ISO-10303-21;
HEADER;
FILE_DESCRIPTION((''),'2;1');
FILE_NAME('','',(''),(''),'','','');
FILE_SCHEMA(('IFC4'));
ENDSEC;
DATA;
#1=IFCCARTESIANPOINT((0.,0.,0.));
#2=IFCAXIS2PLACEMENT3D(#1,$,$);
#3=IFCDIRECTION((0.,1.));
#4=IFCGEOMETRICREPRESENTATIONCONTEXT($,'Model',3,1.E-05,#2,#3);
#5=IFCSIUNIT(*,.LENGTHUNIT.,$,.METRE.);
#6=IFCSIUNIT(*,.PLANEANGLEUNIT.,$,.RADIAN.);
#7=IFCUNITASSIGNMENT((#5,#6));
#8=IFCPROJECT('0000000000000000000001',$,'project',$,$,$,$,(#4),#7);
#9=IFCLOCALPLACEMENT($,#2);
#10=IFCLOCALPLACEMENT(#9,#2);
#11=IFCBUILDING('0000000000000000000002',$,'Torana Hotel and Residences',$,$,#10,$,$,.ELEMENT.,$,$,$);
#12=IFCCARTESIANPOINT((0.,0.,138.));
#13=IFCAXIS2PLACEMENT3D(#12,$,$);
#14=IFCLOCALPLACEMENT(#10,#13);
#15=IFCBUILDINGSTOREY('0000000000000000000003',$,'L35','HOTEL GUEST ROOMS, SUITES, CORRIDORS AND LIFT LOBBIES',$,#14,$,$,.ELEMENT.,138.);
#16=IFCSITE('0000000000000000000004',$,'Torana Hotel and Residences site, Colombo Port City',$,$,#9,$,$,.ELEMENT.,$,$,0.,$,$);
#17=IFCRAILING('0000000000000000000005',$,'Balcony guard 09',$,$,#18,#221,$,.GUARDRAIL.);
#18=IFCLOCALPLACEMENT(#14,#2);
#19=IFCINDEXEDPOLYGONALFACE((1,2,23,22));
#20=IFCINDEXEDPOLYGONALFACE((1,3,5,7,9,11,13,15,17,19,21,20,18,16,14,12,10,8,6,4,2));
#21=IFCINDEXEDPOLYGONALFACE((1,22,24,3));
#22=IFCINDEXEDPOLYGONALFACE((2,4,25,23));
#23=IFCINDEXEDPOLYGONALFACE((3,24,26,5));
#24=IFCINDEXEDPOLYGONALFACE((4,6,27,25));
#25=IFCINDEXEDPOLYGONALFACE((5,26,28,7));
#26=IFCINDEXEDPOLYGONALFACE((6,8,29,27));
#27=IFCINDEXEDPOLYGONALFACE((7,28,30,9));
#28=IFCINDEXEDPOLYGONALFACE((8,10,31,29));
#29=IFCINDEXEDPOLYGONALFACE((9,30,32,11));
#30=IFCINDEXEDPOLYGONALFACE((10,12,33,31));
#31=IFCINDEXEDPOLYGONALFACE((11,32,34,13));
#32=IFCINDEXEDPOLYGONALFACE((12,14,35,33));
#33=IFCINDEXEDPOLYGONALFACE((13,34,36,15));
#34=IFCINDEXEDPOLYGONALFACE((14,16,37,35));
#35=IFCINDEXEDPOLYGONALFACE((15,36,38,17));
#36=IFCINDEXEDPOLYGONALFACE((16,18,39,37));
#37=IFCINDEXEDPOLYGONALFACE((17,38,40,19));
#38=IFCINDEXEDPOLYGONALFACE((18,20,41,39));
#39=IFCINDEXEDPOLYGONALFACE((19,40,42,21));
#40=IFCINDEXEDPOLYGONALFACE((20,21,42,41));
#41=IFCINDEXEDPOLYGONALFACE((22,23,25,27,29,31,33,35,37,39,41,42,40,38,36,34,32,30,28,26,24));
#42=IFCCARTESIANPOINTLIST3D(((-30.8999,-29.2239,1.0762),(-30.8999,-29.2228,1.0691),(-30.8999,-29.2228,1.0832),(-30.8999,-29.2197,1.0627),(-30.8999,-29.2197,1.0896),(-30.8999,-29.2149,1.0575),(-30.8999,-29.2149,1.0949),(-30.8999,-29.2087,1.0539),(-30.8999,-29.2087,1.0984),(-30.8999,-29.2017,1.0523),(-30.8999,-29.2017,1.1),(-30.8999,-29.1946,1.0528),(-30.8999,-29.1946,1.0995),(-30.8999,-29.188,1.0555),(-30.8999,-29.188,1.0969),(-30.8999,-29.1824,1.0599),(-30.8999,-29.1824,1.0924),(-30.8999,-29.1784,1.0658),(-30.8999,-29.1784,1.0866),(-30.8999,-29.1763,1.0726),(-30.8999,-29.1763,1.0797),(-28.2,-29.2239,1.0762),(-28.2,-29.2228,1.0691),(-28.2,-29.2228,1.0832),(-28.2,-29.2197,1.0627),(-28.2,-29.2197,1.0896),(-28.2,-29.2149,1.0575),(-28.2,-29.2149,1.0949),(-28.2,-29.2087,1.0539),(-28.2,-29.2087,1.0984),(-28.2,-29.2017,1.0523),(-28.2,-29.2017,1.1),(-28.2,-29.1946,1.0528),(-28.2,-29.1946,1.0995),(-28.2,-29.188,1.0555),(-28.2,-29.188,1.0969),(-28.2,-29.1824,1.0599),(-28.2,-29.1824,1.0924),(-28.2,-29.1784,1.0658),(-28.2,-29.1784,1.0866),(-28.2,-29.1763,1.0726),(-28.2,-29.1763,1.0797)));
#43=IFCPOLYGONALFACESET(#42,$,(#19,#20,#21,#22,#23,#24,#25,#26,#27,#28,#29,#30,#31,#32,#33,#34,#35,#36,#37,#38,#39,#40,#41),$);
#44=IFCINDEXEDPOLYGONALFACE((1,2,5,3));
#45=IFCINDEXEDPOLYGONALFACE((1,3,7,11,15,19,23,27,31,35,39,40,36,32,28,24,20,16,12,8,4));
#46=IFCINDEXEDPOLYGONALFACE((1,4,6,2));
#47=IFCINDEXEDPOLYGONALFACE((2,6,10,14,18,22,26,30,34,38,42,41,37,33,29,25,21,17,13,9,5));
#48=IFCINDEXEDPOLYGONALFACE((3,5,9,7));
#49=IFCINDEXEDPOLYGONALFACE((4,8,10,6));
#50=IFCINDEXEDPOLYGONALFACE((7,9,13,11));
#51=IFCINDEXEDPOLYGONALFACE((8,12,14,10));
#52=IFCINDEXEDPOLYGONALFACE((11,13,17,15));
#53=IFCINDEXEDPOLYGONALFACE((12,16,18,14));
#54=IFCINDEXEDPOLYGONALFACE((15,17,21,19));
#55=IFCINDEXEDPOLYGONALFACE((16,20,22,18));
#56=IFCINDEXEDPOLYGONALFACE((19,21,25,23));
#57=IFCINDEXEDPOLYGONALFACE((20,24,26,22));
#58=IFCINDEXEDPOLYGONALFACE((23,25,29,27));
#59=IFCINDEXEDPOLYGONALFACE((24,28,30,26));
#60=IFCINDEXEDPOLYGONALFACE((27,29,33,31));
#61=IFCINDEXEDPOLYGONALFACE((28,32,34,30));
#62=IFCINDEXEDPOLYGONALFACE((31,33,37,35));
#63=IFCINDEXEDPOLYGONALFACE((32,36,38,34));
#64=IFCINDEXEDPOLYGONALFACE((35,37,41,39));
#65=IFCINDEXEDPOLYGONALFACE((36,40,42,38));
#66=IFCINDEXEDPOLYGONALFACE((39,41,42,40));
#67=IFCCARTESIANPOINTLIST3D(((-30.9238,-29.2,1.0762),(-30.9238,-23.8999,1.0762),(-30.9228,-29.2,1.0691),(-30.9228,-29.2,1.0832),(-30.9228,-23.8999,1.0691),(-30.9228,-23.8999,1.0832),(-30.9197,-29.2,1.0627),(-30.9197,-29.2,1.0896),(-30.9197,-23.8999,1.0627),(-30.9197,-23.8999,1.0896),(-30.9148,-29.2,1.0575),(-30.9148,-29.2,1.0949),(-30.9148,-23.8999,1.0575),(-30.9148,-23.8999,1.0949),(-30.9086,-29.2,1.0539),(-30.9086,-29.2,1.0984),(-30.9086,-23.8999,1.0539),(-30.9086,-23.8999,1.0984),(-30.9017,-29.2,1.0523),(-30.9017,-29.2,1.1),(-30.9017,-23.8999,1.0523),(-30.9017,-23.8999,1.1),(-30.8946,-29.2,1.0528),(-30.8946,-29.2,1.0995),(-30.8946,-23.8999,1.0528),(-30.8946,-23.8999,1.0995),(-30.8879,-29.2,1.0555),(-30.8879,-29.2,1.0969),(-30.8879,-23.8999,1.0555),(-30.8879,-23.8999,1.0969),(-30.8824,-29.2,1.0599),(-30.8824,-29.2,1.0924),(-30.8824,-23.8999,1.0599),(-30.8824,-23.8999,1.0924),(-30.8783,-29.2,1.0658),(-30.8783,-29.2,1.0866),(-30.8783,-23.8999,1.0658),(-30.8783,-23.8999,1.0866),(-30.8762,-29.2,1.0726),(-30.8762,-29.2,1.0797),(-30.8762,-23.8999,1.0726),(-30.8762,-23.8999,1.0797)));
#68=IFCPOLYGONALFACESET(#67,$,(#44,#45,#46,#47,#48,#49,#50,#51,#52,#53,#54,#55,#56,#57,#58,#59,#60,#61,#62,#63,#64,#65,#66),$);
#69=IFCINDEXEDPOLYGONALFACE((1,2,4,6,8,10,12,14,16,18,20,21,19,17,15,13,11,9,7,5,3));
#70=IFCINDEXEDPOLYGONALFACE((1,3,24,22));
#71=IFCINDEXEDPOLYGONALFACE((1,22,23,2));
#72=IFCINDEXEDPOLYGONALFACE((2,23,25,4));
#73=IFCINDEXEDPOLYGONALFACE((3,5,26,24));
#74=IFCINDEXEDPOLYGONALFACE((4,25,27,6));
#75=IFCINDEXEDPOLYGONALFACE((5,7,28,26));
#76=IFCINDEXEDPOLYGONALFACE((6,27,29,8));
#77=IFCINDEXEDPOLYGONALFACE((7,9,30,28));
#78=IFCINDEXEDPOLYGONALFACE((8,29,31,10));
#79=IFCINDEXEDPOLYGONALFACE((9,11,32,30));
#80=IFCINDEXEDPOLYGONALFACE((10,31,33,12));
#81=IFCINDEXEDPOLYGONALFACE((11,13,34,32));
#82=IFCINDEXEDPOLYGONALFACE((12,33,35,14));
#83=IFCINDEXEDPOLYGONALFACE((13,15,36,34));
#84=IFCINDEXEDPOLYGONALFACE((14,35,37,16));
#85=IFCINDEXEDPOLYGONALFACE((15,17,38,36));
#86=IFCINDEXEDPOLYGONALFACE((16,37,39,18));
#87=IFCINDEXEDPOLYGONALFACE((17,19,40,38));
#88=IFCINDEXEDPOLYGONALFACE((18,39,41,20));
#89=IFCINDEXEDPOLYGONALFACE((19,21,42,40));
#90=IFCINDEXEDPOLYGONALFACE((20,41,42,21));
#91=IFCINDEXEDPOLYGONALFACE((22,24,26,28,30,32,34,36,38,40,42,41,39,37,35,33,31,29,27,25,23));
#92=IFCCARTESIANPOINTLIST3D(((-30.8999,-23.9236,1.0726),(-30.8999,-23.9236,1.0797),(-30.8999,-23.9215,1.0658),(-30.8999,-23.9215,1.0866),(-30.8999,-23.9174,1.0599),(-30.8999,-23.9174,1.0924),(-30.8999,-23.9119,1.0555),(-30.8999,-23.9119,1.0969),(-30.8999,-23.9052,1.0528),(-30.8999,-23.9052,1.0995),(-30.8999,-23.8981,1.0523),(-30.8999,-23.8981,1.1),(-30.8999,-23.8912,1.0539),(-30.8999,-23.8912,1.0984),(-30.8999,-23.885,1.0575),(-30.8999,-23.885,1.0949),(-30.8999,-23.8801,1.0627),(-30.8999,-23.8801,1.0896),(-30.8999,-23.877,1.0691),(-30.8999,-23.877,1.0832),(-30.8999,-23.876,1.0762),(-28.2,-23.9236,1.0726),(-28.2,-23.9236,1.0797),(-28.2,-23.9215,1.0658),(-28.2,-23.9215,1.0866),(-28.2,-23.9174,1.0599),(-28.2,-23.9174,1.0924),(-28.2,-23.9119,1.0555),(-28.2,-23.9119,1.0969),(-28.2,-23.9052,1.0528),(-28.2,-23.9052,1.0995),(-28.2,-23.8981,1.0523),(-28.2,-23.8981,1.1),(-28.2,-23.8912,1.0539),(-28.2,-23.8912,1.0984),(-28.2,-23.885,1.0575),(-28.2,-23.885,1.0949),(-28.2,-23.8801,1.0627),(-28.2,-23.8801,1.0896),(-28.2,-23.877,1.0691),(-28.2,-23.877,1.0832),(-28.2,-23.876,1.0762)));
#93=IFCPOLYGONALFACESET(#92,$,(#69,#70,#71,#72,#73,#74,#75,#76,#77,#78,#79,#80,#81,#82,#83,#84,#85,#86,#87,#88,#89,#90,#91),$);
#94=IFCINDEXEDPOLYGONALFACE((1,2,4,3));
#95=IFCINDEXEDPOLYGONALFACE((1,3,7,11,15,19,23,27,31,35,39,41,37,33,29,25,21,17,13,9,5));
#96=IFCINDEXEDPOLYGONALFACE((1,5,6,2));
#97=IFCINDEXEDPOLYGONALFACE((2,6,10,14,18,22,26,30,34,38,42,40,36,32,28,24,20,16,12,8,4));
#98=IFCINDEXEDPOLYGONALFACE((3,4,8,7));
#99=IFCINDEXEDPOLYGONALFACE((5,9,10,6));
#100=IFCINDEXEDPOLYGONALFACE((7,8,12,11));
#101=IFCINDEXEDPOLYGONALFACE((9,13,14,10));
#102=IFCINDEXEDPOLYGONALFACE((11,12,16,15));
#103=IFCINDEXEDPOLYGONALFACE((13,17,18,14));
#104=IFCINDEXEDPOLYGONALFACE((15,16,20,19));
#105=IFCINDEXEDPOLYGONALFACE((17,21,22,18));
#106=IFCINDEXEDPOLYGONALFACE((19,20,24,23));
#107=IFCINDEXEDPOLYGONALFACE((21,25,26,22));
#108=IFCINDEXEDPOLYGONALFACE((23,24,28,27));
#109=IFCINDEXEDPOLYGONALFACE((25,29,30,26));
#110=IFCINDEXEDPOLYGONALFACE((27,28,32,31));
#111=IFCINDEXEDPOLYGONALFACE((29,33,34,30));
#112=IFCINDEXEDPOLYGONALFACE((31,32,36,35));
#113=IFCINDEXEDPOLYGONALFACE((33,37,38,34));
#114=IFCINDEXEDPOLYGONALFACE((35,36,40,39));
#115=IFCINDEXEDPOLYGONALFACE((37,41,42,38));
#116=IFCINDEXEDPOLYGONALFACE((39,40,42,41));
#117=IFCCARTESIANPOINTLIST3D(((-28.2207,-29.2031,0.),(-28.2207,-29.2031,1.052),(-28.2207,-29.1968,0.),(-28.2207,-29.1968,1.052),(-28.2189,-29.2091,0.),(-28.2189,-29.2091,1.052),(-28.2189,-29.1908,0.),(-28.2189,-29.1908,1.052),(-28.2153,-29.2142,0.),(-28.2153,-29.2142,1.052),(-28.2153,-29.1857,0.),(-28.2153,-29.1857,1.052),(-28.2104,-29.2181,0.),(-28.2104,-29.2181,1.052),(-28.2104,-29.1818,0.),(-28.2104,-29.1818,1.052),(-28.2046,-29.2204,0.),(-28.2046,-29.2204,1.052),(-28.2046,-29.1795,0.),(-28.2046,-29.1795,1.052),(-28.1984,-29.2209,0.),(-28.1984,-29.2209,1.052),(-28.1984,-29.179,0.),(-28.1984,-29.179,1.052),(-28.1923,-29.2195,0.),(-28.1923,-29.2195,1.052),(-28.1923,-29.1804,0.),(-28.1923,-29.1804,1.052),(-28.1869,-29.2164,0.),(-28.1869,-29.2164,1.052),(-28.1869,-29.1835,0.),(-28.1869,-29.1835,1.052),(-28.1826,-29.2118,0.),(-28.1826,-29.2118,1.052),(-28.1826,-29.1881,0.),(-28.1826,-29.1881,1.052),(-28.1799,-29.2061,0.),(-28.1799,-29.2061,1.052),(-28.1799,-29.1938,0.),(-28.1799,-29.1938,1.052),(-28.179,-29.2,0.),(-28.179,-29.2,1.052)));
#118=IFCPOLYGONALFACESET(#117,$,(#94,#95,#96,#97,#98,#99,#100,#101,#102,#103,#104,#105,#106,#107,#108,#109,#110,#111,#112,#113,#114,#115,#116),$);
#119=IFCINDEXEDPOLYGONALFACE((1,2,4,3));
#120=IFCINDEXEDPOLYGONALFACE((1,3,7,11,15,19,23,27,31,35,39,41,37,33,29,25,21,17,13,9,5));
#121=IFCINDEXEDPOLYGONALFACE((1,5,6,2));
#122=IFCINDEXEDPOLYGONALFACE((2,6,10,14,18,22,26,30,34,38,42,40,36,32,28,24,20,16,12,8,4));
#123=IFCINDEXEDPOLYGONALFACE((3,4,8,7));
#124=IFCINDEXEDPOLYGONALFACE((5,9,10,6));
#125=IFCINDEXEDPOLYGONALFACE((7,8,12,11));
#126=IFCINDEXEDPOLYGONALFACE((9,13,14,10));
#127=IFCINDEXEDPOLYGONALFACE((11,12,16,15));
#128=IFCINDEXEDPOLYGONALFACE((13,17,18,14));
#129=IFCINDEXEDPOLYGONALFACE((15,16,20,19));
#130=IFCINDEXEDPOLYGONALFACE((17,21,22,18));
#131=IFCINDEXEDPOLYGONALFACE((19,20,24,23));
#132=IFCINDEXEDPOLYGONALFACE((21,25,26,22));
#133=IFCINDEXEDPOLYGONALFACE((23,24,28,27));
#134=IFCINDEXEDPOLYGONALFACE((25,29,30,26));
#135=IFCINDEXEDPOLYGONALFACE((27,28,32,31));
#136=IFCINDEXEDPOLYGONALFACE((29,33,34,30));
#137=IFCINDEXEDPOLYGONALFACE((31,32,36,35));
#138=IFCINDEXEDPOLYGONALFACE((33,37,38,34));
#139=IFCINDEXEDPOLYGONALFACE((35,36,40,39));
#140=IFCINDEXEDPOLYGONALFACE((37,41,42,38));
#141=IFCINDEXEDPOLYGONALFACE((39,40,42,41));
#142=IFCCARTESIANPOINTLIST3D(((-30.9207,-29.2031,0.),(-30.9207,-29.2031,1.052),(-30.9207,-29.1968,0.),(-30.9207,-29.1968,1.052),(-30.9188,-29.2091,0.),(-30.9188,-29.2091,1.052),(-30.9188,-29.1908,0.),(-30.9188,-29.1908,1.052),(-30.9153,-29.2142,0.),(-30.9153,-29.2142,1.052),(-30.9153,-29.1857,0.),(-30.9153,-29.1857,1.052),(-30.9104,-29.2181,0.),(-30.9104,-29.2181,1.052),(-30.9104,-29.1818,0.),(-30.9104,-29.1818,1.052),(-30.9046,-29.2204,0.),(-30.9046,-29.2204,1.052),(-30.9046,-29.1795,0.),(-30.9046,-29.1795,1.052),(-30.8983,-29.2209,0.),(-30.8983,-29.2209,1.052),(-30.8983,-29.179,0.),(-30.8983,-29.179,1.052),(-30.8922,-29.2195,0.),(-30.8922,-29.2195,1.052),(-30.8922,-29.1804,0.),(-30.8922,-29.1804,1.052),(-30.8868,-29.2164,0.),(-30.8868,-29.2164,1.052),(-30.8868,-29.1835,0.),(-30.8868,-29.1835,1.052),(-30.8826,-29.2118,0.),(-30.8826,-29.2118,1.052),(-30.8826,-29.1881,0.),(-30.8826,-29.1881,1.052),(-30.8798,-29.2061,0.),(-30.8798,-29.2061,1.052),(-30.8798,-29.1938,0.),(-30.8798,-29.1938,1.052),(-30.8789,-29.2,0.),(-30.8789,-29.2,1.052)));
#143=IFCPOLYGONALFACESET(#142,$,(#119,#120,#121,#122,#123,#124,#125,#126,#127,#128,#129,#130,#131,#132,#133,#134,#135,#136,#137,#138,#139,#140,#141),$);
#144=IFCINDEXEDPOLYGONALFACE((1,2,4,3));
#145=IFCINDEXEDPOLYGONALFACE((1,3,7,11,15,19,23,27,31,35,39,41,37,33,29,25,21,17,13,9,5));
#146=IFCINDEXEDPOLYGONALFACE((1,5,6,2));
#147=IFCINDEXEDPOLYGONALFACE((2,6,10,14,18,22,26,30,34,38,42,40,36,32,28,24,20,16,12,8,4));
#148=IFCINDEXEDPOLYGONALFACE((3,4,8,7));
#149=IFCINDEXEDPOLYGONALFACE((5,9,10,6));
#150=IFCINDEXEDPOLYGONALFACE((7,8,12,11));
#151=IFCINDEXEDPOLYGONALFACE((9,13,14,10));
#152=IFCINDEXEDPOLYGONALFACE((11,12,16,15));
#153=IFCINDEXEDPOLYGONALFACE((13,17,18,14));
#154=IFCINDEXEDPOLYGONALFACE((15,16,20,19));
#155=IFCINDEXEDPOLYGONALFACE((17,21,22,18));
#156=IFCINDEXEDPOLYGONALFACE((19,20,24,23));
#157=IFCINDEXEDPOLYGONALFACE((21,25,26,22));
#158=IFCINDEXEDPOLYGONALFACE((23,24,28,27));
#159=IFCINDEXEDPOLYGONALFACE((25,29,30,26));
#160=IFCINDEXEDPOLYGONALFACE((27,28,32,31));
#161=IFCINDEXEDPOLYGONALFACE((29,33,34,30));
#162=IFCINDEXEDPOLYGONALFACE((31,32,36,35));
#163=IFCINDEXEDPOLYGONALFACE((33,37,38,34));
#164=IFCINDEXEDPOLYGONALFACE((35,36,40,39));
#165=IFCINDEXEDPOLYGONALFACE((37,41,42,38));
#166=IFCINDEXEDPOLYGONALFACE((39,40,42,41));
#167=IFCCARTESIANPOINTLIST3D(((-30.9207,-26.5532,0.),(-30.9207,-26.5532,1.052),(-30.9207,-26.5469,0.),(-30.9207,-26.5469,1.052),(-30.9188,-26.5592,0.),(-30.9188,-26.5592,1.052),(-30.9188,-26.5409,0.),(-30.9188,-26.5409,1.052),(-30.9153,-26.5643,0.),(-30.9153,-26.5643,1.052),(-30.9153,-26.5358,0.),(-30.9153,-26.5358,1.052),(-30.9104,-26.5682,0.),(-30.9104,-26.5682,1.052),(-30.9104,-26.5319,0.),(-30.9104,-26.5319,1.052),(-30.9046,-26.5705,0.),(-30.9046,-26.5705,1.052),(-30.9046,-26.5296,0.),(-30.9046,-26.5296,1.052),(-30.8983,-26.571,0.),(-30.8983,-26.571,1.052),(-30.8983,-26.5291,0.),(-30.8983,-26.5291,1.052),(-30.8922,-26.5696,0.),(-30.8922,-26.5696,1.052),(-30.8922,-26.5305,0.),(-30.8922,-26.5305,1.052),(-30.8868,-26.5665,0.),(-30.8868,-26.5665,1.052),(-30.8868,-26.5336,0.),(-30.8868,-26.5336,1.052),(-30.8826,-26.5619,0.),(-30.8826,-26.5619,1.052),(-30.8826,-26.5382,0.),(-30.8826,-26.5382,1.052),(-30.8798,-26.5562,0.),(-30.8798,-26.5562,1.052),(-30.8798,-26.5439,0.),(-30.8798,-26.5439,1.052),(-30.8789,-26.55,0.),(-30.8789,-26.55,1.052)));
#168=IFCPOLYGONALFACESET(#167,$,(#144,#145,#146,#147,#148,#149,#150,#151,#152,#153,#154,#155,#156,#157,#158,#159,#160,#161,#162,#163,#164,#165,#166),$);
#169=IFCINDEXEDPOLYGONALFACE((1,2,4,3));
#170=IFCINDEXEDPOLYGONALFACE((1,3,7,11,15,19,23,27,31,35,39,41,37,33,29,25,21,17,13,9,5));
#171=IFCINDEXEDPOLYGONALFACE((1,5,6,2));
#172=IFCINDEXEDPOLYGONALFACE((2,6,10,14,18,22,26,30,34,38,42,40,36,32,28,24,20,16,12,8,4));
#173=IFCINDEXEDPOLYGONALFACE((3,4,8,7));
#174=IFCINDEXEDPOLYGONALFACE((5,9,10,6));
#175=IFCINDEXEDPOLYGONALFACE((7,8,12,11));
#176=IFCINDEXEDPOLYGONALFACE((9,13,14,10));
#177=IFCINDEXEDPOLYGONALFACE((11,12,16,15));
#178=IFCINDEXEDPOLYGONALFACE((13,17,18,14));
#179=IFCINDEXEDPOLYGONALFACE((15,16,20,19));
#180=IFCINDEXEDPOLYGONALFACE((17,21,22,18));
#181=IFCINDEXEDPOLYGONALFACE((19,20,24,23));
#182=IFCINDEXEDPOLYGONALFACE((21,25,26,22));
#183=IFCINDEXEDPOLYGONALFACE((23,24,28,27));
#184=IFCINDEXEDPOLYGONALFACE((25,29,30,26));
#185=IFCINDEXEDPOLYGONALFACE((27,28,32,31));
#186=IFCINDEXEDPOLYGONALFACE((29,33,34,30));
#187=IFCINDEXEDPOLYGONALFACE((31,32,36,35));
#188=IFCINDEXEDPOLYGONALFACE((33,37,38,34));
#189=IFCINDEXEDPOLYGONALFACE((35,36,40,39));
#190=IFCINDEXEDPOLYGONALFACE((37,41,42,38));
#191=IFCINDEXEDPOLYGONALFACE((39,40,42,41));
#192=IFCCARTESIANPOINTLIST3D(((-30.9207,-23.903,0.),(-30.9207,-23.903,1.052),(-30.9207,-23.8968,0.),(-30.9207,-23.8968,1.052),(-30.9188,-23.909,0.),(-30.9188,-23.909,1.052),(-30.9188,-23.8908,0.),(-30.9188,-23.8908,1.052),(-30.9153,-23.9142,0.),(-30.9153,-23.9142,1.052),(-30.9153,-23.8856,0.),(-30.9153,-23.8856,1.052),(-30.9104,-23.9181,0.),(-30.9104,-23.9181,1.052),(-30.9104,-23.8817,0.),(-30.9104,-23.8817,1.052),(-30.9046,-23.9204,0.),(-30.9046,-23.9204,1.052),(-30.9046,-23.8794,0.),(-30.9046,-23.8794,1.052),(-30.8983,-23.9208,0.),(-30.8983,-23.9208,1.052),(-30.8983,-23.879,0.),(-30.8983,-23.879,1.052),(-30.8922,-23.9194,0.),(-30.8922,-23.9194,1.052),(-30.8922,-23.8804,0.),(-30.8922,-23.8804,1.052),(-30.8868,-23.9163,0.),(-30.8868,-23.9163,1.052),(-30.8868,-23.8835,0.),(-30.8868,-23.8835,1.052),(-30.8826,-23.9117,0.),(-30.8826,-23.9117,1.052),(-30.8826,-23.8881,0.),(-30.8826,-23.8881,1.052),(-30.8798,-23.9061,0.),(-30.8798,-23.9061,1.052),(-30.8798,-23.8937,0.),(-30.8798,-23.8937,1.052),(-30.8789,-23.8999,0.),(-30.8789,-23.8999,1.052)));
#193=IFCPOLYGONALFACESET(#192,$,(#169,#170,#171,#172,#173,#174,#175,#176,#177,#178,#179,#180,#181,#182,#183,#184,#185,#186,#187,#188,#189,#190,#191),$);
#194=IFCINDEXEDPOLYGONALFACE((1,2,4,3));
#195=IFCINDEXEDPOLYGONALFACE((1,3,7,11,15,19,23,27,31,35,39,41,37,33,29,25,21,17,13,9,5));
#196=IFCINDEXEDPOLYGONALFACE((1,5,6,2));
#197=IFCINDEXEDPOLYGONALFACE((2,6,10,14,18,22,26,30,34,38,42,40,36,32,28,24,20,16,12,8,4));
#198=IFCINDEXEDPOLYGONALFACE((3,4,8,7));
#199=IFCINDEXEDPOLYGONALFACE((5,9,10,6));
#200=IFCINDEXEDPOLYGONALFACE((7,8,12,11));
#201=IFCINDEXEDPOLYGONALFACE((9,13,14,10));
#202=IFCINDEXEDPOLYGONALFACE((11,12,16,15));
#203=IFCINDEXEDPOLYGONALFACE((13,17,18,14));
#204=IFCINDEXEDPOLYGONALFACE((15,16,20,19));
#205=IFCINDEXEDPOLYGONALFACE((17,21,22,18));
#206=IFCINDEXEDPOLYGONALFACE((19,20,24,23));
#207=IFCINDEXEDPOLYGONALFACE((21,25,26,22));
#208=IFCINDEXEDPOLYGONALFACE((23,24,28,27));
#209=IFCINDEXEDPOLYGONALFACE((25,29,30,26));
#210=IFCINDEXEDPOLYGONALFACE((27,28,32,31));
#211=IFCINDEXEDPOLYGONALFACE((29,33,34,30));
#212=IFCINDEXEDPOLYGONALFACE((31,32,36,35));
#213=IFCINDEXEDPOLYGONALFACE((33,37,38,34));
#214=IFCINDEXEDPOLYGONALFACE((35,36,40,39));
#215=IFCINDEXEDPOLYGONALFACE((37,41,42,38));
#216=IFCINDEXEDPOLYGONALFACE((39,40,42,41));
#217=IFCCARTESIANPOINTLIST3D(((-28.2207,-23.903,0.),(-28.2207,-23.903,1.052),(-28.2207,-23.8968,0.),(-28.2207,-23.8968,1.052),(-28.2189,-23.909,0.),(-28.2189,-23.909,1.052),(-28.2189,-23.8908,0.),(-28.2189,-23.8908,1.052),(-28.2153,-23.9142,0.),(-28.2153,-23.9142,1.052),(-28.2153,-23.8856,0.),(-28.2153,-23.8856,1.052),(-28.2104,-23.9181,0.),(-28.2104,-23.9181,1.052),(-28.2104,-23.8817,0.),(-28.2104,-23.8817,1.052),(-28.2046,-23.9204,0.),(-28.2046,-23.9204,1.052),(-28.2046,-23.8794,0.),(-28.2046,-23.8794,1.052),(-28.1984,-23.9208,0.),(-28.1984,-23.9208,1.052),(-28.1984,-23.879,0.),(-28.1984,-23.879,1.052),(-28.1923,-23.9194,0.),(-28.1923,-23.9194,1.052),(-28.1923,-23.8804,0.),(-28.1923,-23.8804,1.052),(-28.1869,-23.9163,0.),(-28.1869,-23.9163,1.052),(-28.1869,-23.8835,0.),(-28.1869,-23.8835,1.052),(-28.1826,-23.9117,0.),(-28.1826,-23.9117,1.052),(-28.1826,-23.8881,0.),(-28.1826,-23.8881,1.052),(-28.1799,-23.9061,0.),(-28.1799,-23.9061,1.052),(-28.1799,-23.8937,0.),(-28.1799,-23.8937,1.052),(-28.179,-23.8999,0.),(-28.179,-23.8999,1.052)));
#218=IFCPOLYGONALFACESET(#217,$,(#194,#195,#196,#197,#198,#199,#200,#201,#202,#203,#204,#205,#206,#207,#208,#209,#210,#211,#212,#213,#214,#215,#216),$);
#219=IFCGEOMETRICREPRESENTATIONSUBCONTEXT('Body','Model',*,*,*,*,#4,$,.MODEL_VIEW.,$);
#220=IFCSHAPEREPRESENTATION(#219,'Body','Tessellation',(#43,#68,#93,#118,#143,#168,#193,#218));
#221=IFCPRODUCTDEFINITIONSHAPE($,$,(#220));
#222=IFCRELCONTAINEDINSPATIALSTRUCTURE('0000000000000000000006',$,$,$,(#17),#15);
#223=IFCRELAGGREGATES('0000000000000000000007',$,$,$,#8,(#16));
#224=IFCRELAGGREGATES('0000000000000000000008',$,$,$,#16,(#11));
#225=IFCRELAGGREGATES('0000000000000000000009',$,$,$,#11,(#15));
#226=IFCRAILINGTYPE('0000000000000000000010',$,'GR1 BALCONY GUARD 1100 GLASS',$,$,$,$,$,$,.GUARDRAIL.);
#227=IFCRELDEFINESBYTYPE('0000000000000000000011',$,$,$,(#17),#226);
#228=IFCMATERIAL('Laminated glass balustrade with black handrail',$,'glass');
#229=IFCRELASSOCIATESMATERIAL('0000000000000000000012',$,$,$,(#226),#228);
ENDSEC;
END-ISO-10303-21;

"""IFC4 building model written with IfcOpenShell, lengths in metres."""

from ifc_helpers import new_model, si_unit, direction, frame, origin, origin_2d, place, context, subcontext, project, spatial, circle, extrude, material, type_object, element, save


model = new_model("IFC4")

# Units and contexts
model_context = context("Model", 3, precision=1e-05, world=origin(), true_north=direction((0.0, 1.0)))
body_context = subcontext(model_context, "Body", "Model", "MODEL_VIEW")
ifc_project = project(units=[si_unit("LENGTHUNIT", "METRE"), si_unit("PLANEANGLEUNIT", "RADIAN")], contexts=[model_context])

# Site, building, storey
site_placement = place(None, origin())
site = spatial("IfcSite", under=ifc_project, at=site_placement, Name="Torana Hotel and Residences site, Colombo Port City", CompositionType="ELEMENT", RefElevation=0.0)
building_placement = place(site_placement, origin())
building = spatial("IfcBuilding", under=site, at=building_placement, Name="Torana Hotel and Residences", CompositionType="ELEMENT")
storey_placement = place(building_placement, frame((0.0, 0.0, 138.0)))
storey = spatial("IfcBuildingStorey", under=building, at=storey_placement, Name="L35", Description="HOTEL GUEST ROOMS, SUITES, CORRIDORS AND LIFT LOBBIES", CompositionType="ELEMENT", Elevation=138.0)

# Railing
ifc_material_1 = material(Name="Laminated glass balustrade with black handrail", Category="glass")
railing_type = type_object("IfcRailingType", Name="GR1 BALCONY GUARD 1100 GLASS", PredefinedType="GUARDRAIL", material=ifc_material_1)
railing_placement = place(storey_placement, frame((-28.2, -29.2, 0.0)))
element("IfcRailing", 1, at=railing_placement, inside=storey, type_object=railing_type, Name="Balcony guard 09", PredefinedType="GUARDRAIL", context=body_context, shape_type="SweptSolid", body=[
    extrude(circle(Radius=0.0239, at=origin_2d()), frame((0.0, 0.0, 1.0762), z_axis=(-1.0, 0.0, 0.0), x_axis=(0.0, -1.0, 0.0)), (0.0, 0.0, 1.0), 2.7),
    extrude(circle(Radius=0.0239, at=origin_2d()), frame((-2.7, 0.0, 1.0762), z_axis=(0.0, 1.0, 0.0), x_axis=(-1.0, 0.0, 0.0)), (0.0, 0.0, 1.0), 5.3),
    extrude(circle(Radius=0.0239, at=origin_2d()), frame((-2.7, 5.3, 1.0762), z_axis=(1.0, 0.0, 0.0), x_axis=(0.0, 1.0, 0.0)), (0.0, 0.0, 1.0), 2.7),
    extrude(circle(Radius=0.021, at=origin_2d()), origin(), (0.0, 0.0, 1.0), 1.052),
    extrude(circle(Radius=0.021, at=origin_2d()), frame((-2.7, 0.0, 0.0)), (0.0, 0.0, 1.0), 1.052),
    extrude(circle(Radius=0.021, at=origin_2d()), frame((-2.7, 2.6499, 0.0)), (0.0, 0.0, 1.0), 1.052),
    extrude(circle(Radius=0.021, at=origin_2d()), frame((-2.7, 5.3, 0.0)), (0.0, 0.0, 1.0), 1.052),
    extrude(circle(Radius=0.021, at=origin_2d()), frame((0.0, 5.3, 0.0)), (0.0, 0.0, 1.0), 1.052),
])

save(model, "model.ifc")
